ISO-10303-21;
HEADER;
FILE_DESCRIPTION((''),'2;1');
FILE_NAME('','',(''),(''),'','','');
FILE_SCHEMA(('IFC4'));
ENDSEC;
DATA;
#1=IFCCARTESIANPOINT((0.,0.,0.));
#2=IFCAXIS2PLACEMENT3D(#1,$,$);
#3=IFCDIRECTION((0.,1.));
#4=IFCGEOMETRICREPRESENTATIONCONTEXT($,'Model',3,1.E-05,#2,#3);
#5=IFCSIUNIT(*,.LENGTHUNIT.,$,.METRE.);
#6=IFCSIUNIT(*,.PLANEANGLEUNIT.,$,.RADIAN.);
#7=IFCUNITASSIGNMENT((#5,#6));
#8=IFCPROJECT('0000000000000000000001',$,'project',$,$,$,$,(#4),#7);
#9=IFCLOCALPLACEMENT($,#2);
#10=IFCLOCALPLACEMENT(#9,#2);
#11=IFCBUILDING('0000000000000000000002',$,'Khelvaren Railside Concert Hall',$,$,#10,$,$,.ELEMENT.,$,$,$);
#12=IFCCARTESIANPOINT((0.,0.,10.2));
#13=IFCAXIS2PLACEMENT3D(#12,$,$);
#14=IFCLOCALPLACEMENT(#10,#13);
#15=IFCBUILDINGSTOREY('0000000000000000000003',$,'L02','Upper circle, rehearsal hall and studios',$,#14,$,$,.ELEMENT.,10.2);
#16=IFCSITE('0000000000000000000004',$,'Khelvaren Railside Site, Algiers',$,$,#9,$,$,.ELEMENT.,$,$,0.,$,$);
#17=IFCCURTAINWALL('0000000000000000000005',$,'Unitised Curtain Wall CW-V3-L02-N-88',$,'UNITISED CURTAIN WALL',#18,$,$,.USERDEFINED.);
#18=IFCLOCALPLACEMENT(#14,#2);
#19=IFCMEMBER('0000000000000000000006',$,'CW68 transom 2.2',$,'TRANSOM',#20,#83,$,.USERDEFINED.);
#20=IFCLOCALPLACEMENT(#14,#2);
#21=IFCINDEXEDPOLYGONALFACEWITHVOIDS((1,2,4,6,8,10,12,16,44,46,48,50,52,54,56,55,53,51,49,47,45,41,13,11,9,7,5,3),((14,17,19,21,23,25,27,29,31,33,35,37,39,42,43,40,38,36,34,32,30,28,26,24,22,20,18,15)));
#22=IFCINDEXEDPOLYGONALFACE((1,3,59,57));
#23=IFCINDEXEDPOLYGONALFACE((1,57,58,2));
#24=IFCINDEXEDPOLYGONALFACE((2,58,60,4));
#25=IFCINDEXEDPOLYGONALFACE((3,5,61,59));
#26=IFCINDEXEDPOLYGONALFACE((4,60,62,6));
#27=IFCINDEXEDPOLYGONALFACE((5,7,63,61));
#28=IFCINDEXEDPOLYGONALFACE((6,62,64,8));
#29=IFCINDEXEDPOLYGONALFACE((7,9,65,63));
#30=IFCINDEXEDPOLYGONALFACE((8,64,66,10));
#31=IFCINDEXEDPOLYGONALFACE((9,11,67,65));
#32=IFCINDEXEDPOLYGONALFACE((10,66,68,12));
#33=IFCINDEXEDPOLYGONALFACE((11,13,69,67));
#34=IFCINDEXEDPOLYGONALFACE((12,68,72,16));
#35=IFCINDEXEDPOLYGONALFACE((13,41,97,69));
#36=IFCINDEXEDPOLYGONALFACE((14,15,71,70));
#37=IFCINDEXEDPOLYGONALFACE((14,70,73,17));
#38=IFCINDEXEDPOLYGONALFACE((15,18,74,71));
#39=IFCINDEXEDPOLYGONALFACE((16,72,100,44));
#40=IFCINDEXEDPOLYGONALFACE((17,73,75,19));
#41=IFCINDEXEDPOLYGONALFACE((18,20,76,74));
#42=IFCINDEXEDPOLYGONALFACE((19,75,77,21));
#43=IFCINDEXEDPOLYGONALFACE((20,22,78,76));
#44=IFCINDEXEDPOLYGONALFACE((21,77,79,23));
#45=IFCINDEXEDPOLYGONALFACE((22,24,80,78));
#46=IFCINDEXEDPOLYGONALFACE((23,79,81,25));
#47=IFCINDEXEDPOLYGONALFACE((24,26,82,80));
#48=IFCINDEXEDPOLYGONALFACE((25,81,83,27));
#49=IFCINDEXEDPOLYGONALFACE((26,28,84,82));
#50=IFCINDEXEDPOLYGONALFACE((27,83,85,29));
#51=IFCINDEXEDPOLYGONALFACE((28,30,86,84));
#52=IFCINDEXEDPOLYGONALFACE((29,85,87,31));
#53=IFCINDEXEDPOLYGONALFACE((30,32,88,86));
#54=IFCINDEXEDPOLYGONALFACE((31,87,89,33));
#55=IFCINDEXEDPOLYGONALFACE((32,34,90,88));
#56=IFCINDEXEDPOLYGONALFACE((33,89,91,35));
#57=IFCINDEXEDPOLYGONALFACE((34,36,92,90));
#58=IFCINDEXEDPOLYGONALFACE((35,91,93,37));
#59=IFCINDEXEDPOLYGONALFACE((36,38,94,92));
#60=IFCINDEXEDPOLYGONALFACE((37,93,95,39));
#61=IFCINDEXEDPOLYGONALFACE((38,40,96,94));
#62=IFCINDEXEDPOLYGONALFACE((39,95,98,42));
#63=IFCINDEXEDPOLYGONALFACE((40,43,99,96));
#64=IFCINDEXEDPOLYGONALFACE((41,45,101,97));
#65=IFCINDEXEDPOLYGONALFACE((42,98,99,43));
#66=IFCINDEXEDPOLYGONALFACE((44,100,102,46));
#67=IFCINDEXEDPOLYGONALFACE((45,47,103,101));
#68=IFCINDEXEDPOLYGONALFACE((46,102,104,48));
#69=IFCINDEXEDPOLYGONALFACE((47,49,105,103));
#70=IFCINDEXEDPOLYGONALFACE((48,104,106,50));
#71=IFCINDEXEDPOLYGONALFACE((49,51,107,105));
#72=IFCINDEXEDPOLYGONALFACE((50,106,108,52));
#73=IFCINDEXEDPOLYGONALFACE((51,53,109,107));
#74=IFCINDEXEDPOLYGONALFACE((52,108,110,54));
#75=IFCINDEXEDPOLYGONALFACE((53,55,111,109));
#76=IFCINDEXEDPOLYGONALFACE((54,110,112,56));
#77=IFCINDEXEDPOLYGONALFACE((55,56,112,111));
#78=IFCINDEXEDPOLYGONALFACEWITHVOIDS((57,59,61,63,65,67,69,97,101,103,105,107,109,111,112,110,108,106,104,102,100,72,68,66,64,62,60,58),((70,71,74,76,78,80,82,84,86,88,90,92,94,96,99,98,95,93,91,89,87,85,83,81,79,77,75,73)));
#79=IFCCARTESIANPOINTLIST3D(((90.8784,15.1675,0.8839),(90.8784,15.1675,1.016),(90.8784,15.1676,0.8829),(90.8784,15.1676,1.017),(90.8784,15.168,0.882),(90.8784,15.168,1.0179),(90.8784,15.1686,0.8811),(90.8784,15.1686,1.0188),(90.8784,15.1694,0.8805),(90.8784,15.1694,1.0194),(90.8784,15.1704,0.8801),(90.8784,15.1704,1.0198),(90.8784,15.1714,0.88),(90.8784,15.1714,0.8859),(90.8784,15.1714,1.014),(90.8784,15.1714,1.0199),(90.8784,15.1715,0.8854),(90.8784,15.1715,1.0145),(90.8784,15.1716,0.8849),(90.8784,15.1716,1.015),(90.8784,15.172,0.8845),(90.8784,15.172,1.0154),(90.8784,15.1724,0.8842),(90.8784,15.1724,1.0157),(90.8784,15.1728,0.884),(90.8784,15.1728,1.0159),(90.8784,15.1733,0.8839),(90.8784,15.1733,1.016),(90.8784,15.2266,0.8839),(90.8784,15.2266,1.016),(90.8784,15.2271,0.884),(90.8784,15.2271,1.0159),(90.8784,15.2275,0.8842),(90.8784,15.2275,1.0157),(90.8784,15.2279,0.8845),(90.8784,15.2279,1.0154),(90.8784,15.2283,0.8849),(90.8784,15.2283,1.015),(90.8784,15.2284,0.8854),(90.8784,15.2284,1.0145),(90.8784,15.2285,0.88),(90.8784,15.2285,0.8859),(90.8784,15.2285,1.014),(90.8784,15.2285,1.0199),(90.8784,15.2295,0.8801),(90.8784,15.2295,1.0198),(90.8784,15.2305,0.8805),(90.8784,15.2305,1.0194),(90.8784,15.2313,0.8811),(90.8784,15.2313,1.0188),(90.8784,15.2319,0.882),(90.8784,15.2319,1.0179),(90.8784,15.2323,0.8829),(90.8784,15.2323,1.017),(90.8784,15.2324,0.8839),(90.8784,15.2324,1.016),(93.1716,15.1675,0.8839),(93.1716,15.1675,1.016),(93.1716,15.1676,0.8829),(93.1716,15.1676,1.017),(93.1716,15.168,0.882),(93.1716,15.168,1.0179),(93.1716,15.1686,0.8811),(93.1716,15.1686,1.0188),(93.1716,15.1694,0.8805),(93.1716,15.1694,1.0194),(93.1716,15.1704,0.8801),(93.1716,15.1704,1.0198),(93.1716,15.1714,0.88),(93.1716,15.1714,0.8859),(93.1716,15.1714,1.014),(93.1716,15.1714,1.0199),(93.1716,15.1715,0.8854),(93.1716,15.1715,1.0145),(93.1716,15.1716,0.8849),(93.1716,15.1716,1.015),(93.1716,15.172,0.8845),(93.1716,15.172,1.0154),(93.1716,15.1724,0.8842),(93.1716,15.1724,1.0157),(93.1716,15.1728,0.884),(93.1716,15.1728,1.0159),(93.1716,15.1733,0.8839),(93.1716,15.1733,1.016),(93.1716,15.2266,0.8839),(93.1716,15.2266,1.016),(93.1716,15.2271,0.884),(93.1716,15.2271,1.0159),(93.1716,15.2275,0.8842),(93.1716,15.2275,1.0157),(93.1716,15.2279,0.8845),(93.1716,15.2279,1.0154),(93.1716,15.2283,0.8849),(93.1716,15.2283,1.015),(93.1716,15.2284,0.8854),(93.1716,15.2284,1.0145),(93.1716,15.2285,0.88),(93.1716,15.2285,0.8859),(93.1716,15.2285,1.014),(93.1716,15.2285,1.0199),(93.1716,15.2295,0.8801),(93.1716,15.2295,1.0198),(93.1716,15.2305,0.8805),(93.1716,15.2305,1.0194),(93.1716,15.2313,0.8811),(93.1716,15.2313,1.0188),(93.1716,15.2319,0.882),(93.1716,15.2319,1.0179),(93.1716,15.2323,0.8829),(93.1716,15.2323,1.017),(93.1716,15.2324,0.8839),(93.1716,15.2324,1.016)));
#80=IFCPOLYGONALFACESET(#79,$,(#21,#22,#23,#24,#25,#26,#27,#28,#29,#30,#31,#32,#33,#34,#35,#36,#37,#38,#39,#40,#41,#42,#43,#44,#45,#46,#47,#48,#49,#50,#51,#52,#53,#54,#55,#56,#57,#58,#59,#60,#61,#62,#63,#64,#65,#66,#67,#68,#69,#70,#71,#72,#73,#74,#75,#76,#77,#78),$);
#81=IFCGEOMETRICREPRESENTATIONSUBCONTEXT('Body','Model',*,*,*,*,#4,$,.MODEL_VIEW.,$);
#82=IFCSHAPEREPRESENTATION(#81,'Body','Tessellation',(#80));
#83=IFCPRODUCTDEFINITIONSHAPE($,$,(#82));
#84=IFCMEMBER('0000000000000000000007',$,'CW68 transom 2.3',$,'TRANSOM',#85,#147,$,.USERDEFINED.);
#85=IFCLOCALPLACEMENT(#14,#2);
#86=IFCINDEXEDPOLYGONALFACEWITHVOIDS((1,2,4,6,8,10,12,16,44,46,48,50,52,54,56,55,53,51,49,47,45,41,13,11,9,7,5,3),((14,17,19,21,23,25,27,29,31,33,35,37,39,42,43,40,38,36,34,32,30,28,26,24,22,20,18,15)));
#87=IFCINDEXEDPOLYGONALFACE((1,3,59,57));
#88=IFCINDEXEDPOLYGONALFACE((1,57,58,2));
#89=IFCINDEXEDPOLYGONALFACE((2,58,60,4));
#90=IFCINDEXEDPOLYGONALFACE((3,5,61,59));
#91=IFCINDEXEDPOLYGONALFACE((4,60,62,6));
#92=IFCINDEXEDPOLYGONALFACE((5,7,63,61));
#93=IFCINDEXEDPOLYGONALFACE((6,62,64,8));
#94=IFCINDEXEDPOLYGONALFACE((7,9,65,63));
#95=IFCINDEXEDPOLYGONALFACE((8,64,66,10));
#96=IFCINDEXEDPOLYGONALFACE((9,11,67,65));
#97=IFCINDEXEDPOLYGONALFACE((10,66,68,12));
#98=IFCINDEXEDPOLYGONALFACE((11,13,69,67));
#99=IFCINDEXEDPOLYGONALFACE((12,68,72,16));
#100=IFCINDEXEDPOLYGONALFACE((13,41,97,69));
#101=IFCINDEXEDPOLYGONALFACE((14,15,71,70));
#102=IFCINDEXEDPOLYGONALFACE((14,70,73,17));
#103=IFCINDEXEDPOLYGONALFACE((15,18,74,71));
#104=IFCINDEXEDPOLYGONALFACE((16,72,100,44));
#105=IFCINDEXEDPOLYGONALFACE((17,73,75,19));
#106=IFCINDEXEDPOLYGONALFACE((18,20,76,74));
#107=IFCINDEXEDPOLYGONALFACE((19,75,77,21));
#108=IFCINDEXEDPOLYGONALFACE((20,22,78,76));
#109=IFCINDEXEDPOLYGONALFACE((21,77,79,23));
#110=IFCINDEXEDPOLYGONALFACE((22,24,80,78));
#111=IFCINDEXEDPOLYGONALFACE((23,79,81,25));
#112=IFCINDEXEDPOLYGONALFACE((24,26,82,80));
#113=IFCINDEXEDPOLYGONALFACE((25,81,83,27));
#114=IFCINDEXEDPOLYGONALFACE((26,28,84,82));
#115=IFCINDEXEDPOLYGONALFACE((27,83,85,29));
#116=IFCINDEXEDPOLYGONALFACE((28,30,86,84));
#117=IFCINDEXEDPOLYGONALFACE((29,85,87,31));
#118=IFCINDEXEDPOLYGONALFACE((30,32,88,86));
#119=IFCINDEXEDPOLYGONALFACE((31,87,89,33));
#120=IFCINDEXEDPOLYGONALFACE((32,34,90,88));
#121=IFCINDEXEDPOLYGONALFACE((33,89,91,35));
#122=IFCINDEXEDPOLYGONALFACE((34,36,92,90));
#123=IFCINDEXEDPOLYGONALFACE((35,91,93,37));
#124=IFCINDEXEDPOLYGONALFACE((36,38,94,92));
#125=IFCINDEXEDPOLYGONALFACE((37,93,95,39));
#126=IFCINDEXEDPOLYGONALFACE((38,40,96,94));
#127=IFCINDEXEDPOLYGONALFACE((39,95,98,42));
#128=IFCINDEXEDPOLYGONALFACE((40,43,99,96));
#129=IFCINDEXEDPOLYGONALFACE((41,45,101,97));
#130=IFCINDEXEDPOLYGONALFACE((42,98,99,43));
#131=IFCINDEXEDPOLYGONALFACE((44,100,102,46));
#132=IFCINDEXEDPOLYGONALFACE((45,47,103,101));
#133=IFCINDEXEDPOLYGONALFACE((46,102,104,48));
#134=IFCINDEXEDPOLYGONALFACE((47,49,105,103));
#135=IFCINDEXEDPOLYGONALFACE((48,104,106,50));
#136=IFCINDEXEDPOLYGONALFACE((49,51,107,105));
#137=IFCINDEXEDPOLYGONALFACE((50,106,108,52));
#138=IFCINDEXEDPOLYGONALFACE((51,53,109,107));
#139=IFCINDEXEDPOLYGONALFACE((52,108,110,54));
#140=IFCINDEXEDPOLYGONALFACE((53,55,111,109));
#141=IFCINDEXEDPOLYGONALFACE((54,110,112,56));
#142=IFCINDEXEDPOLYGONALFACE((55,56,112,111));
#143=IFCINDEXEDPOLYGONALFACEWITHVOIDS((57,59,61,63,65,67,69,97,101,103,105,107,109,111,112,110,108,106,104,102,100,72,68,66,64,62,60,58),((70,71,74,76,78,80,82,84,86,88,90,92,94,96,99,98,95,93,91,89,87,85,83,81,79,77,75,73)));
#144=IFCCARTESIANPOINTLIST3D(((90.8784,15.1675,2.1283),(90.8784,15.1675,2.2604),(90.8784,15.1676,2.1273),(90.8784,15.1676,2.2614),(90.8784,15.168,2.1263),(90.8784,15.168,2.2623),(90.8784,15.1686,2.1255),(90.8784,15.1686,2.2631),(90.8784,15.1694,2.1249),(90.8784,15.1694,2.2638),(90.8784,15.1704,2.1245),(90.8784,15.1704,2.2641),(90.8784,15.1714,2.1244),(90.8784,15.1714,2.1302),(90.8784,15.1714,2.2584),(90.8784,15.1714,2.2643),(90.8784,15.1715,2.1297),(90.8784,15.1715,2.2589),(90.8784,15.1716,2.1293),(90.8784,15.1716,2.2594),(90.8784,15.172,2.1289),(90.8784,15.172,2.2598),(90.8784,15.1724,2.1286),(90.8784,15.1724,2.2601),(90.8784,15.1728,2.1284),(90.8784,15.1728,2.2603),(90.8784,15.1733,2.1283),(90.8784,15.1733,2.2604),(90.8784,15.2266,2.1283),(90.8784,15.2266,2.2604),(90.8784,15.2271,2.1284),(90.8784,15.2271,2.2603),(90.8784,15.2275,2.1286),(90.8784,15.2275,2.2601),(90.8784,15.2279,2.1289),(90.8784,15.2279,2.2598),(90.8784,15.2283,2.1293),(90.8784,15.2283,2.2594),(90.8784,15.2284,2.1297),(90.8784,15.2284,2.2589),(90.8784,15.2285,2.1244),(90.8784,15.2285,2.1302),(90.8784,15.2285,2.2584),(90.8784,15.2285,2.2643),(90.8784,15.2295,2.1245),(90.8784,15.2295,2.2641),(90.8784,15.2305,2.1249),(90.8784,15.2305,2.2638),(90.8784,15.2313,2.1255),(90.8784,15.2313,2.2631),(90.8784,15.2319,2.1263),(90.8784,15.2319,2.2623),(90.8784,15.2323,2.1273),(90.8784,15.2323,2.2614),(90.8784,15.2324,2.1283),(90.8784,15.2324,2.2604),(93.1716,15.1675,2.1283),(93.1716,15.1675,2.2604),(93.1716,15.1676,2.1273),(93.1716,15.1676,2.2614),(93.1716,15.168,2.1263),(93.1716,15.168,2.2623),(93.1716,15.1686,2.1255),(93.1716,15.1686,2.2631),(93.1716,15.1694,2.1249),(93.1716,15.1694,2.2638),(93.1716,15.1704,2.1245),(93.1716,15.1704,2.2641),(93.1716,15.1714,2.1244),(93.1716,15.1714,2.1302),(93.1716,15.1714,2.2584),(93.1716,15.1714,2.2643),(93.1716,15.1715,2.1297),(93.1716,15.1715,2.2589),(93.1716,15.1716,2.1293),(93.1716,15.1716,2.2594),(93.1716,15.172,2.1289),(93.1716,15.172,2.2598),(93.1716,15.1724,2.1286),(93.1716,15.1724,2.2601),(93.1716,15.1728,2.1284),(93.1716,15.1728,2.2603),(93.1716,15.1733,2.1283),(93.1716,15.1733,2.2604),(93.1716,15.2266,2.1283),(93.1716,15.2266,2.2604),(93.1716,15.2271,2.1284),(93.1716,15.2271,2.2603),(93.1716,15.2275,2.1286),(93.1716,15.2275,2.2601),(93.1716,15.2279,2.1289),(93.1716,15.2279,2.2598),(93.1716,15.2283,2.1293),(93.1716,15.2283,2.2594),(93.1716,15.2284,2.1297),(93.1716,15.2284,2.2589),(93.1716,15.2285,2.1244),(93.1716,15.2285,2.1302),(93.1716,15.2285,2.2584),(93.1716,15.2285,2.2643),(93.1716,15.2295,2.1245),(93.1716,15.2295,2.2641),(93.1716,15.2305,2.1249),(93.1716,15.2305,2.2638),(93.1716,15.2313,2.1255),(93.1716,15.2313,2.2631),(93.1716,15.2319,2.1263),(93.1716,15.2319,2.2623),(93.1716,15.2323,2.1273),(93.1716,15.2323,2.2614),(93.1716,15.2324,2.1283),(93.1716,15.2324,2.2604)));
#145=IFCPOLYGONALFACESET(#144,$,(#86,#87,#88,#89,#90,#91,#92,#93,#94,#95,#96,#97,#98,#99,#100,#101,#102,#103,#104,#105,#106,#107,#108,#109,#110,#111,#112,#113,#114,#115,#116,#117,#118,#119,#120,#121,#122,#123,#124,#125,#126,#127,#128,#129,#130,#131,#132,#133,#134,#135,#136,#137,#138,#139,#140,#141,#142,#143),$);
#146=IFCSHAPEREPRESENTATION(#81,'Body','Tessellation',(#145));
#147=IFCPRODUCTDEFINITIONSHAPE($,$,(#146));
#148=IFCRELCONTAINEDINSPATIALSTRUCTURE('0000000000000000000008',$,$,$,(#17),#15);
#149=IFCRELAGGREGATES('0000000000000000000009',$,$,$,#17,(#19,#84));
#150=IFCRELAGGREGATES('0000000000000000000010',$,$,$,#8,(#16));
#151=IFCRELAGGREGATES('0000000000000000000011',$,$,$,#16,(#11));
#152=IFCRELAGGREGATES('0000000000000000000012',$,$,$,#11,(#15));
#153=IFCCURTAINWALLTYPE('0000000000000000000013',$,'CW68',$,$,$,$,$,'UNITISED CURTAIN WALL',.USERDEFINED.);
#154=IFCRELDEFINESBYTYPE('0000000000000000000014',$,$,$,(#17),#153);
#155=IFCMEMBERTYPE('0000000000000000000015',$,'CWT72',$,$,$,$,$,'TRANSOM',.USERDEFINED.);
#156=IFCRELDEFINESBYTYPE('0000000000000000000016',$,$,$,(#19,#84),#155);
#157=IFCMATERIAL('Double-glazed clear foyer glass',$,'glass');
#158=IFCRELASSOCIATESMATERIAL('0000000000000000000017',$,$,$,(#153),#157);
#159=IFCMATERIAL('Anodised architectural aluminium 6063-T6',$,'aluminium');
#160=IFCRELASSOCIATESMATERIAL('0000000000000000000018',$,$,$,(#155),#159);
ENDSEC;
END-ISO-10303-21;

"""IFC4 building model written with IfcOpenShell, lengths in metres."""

from ifc_helpers import new_model, si_unit, direction, frame, origin, origin_2d, place, context, subcontext, project, spatial, hollow_rectangle, extrude, material, material_profile, profile_set, type_object, element, aggregate, save


model = new_model("IFC4")

# Units and contexts
model_context = context("Model", 3, precision=1e-05, world=origin(), true_north=direction((0.0, 1.0)))
body_context = subcontext(model_context, "Body", "Model", "MODEL_VIEW")
ifc_project = project(units=[si_unit("LENGTHUNIT", "METRE"), si_unit("PLANEANGLEUNIT", "RADIAN")], contexts=[model_context])

# Site, building, storey
site_placement = place(None, origin())
site = spatial("IfcSite", under=ifc_project, at=site_placement, Name="Khelvaren Railside Site, Algiers", CompositionType="ELEMENT", RefElevation=0.0)
building_placement = place(site_placement, origin())
building = spatial("IfcBuilding", under=site, at=building_placement, Name="Khelvaren Railside Concert Hall", CompositionType="ELEMENT")
storey_placement = place(building_placement, frame((0.0, 0.0, 10.2)))
storey = spatial("IfcBuildingStorey", under=building, at=storey_placement, Name="L02", Description="Upper circle, rehearsal hall and studios", CompositionType="ELEMENT", Elevation=10.2)

# Curtain wall, members
ifc_material_1 = material(Name="Double-glazed clear foyer glass", Category="glass")
curtain_wall_type = type_object("IfcCurtainWallType", Name="CW68", ElementType="UNITISED CURTAIN WALL", PredefinedType="USERDEFINED", material=ifc_material_1)
curtain_wall_placement = place(storey_placement, origin())
curtain_wall = element("IfcCurtainWall", 1, at=curtain_wall_placement, inside=storey, type_object=curtain_wall_type, Name="Unitised Curtain Wall CW-V3-L02-N-88", ObjectType="UNITISED CURTAIN WALL", PredefinedType="USERDEFINED")
ifc_material_2 = material(Name="Anodised architectural aluminium 6063-T6", Category="aluminium")
ifc_material_profile_1 = material_profile(ifc_material_2, hollow_rectangle(XDim=0.0649, YDim=0.1399, WallThickness=0.0039, InnerFilletRadius=0.002, OuterFilletRadius=0.0039, at=origin_2d()), Name="CWT 65x140x4")
ifc_profile_set_1 = profile_set([ifc_material_profile_1], Name="Anodised architectural aluminium 6063-T6")
member_type_1 = type_object("IfcMemberType", Name="CWT72", ElementType="TRANSOM", PredefinedType="USERDEFINED", material=ifc_profile_set_1)
member_1_placement = place(storey_placement, frame((90.8784, 15.2, 0.95), z_axis=(1.0, 0.0, 0.0), x_axis=(0.0, 1.0, 0.0)))
member_1 = element("IfcMember", 2, at=member_1_placement, type_object=member_type_1, Name="CW68 transom 2.2", ObjectType="TRANSOM", PredefinedType="USERDEFINED", context=body_context, shape_type="SweptSolid", body=[
    extrude(hollow_rectangle(XDim=0.0649, YDim=0.1399, WallThickness=0.0039, InnerFilletRadius=0.002, OuterFilletRadius=0.0039, at=origin_2d()), origin(), (0.0, 0.0, 1.0), 2.2932),
])
member_2_placement = place(storey_placement, frame((90.8784, 15.2, 2.1943), z_axis=(1.0, 0.0, 0.0), x_axis=(0.0, 1.0, 0.0)))
member_2 = element("IfcMember", 3, at=member_2_placement, type_object=member_type_1, Name="CW68 transom 2.3", ObjectType="TRANSOM", PredefinedType="USERDEFINED", context=body_context, shape_type="SweptSolid", body=[
    extrude(hollow_rectangle(XDim=0.0649, YDim=0.1399, WallThickness=0.0039, InnerFilletRadius=0.002, OuterFilletRadius=0.0039, at=origin_2d()), origin(), (0.0, 0.0, 1.0), 2.2932),
])

aggregate(curtain_wall, [member_1, member_2])

save(model, "model.ifc")
